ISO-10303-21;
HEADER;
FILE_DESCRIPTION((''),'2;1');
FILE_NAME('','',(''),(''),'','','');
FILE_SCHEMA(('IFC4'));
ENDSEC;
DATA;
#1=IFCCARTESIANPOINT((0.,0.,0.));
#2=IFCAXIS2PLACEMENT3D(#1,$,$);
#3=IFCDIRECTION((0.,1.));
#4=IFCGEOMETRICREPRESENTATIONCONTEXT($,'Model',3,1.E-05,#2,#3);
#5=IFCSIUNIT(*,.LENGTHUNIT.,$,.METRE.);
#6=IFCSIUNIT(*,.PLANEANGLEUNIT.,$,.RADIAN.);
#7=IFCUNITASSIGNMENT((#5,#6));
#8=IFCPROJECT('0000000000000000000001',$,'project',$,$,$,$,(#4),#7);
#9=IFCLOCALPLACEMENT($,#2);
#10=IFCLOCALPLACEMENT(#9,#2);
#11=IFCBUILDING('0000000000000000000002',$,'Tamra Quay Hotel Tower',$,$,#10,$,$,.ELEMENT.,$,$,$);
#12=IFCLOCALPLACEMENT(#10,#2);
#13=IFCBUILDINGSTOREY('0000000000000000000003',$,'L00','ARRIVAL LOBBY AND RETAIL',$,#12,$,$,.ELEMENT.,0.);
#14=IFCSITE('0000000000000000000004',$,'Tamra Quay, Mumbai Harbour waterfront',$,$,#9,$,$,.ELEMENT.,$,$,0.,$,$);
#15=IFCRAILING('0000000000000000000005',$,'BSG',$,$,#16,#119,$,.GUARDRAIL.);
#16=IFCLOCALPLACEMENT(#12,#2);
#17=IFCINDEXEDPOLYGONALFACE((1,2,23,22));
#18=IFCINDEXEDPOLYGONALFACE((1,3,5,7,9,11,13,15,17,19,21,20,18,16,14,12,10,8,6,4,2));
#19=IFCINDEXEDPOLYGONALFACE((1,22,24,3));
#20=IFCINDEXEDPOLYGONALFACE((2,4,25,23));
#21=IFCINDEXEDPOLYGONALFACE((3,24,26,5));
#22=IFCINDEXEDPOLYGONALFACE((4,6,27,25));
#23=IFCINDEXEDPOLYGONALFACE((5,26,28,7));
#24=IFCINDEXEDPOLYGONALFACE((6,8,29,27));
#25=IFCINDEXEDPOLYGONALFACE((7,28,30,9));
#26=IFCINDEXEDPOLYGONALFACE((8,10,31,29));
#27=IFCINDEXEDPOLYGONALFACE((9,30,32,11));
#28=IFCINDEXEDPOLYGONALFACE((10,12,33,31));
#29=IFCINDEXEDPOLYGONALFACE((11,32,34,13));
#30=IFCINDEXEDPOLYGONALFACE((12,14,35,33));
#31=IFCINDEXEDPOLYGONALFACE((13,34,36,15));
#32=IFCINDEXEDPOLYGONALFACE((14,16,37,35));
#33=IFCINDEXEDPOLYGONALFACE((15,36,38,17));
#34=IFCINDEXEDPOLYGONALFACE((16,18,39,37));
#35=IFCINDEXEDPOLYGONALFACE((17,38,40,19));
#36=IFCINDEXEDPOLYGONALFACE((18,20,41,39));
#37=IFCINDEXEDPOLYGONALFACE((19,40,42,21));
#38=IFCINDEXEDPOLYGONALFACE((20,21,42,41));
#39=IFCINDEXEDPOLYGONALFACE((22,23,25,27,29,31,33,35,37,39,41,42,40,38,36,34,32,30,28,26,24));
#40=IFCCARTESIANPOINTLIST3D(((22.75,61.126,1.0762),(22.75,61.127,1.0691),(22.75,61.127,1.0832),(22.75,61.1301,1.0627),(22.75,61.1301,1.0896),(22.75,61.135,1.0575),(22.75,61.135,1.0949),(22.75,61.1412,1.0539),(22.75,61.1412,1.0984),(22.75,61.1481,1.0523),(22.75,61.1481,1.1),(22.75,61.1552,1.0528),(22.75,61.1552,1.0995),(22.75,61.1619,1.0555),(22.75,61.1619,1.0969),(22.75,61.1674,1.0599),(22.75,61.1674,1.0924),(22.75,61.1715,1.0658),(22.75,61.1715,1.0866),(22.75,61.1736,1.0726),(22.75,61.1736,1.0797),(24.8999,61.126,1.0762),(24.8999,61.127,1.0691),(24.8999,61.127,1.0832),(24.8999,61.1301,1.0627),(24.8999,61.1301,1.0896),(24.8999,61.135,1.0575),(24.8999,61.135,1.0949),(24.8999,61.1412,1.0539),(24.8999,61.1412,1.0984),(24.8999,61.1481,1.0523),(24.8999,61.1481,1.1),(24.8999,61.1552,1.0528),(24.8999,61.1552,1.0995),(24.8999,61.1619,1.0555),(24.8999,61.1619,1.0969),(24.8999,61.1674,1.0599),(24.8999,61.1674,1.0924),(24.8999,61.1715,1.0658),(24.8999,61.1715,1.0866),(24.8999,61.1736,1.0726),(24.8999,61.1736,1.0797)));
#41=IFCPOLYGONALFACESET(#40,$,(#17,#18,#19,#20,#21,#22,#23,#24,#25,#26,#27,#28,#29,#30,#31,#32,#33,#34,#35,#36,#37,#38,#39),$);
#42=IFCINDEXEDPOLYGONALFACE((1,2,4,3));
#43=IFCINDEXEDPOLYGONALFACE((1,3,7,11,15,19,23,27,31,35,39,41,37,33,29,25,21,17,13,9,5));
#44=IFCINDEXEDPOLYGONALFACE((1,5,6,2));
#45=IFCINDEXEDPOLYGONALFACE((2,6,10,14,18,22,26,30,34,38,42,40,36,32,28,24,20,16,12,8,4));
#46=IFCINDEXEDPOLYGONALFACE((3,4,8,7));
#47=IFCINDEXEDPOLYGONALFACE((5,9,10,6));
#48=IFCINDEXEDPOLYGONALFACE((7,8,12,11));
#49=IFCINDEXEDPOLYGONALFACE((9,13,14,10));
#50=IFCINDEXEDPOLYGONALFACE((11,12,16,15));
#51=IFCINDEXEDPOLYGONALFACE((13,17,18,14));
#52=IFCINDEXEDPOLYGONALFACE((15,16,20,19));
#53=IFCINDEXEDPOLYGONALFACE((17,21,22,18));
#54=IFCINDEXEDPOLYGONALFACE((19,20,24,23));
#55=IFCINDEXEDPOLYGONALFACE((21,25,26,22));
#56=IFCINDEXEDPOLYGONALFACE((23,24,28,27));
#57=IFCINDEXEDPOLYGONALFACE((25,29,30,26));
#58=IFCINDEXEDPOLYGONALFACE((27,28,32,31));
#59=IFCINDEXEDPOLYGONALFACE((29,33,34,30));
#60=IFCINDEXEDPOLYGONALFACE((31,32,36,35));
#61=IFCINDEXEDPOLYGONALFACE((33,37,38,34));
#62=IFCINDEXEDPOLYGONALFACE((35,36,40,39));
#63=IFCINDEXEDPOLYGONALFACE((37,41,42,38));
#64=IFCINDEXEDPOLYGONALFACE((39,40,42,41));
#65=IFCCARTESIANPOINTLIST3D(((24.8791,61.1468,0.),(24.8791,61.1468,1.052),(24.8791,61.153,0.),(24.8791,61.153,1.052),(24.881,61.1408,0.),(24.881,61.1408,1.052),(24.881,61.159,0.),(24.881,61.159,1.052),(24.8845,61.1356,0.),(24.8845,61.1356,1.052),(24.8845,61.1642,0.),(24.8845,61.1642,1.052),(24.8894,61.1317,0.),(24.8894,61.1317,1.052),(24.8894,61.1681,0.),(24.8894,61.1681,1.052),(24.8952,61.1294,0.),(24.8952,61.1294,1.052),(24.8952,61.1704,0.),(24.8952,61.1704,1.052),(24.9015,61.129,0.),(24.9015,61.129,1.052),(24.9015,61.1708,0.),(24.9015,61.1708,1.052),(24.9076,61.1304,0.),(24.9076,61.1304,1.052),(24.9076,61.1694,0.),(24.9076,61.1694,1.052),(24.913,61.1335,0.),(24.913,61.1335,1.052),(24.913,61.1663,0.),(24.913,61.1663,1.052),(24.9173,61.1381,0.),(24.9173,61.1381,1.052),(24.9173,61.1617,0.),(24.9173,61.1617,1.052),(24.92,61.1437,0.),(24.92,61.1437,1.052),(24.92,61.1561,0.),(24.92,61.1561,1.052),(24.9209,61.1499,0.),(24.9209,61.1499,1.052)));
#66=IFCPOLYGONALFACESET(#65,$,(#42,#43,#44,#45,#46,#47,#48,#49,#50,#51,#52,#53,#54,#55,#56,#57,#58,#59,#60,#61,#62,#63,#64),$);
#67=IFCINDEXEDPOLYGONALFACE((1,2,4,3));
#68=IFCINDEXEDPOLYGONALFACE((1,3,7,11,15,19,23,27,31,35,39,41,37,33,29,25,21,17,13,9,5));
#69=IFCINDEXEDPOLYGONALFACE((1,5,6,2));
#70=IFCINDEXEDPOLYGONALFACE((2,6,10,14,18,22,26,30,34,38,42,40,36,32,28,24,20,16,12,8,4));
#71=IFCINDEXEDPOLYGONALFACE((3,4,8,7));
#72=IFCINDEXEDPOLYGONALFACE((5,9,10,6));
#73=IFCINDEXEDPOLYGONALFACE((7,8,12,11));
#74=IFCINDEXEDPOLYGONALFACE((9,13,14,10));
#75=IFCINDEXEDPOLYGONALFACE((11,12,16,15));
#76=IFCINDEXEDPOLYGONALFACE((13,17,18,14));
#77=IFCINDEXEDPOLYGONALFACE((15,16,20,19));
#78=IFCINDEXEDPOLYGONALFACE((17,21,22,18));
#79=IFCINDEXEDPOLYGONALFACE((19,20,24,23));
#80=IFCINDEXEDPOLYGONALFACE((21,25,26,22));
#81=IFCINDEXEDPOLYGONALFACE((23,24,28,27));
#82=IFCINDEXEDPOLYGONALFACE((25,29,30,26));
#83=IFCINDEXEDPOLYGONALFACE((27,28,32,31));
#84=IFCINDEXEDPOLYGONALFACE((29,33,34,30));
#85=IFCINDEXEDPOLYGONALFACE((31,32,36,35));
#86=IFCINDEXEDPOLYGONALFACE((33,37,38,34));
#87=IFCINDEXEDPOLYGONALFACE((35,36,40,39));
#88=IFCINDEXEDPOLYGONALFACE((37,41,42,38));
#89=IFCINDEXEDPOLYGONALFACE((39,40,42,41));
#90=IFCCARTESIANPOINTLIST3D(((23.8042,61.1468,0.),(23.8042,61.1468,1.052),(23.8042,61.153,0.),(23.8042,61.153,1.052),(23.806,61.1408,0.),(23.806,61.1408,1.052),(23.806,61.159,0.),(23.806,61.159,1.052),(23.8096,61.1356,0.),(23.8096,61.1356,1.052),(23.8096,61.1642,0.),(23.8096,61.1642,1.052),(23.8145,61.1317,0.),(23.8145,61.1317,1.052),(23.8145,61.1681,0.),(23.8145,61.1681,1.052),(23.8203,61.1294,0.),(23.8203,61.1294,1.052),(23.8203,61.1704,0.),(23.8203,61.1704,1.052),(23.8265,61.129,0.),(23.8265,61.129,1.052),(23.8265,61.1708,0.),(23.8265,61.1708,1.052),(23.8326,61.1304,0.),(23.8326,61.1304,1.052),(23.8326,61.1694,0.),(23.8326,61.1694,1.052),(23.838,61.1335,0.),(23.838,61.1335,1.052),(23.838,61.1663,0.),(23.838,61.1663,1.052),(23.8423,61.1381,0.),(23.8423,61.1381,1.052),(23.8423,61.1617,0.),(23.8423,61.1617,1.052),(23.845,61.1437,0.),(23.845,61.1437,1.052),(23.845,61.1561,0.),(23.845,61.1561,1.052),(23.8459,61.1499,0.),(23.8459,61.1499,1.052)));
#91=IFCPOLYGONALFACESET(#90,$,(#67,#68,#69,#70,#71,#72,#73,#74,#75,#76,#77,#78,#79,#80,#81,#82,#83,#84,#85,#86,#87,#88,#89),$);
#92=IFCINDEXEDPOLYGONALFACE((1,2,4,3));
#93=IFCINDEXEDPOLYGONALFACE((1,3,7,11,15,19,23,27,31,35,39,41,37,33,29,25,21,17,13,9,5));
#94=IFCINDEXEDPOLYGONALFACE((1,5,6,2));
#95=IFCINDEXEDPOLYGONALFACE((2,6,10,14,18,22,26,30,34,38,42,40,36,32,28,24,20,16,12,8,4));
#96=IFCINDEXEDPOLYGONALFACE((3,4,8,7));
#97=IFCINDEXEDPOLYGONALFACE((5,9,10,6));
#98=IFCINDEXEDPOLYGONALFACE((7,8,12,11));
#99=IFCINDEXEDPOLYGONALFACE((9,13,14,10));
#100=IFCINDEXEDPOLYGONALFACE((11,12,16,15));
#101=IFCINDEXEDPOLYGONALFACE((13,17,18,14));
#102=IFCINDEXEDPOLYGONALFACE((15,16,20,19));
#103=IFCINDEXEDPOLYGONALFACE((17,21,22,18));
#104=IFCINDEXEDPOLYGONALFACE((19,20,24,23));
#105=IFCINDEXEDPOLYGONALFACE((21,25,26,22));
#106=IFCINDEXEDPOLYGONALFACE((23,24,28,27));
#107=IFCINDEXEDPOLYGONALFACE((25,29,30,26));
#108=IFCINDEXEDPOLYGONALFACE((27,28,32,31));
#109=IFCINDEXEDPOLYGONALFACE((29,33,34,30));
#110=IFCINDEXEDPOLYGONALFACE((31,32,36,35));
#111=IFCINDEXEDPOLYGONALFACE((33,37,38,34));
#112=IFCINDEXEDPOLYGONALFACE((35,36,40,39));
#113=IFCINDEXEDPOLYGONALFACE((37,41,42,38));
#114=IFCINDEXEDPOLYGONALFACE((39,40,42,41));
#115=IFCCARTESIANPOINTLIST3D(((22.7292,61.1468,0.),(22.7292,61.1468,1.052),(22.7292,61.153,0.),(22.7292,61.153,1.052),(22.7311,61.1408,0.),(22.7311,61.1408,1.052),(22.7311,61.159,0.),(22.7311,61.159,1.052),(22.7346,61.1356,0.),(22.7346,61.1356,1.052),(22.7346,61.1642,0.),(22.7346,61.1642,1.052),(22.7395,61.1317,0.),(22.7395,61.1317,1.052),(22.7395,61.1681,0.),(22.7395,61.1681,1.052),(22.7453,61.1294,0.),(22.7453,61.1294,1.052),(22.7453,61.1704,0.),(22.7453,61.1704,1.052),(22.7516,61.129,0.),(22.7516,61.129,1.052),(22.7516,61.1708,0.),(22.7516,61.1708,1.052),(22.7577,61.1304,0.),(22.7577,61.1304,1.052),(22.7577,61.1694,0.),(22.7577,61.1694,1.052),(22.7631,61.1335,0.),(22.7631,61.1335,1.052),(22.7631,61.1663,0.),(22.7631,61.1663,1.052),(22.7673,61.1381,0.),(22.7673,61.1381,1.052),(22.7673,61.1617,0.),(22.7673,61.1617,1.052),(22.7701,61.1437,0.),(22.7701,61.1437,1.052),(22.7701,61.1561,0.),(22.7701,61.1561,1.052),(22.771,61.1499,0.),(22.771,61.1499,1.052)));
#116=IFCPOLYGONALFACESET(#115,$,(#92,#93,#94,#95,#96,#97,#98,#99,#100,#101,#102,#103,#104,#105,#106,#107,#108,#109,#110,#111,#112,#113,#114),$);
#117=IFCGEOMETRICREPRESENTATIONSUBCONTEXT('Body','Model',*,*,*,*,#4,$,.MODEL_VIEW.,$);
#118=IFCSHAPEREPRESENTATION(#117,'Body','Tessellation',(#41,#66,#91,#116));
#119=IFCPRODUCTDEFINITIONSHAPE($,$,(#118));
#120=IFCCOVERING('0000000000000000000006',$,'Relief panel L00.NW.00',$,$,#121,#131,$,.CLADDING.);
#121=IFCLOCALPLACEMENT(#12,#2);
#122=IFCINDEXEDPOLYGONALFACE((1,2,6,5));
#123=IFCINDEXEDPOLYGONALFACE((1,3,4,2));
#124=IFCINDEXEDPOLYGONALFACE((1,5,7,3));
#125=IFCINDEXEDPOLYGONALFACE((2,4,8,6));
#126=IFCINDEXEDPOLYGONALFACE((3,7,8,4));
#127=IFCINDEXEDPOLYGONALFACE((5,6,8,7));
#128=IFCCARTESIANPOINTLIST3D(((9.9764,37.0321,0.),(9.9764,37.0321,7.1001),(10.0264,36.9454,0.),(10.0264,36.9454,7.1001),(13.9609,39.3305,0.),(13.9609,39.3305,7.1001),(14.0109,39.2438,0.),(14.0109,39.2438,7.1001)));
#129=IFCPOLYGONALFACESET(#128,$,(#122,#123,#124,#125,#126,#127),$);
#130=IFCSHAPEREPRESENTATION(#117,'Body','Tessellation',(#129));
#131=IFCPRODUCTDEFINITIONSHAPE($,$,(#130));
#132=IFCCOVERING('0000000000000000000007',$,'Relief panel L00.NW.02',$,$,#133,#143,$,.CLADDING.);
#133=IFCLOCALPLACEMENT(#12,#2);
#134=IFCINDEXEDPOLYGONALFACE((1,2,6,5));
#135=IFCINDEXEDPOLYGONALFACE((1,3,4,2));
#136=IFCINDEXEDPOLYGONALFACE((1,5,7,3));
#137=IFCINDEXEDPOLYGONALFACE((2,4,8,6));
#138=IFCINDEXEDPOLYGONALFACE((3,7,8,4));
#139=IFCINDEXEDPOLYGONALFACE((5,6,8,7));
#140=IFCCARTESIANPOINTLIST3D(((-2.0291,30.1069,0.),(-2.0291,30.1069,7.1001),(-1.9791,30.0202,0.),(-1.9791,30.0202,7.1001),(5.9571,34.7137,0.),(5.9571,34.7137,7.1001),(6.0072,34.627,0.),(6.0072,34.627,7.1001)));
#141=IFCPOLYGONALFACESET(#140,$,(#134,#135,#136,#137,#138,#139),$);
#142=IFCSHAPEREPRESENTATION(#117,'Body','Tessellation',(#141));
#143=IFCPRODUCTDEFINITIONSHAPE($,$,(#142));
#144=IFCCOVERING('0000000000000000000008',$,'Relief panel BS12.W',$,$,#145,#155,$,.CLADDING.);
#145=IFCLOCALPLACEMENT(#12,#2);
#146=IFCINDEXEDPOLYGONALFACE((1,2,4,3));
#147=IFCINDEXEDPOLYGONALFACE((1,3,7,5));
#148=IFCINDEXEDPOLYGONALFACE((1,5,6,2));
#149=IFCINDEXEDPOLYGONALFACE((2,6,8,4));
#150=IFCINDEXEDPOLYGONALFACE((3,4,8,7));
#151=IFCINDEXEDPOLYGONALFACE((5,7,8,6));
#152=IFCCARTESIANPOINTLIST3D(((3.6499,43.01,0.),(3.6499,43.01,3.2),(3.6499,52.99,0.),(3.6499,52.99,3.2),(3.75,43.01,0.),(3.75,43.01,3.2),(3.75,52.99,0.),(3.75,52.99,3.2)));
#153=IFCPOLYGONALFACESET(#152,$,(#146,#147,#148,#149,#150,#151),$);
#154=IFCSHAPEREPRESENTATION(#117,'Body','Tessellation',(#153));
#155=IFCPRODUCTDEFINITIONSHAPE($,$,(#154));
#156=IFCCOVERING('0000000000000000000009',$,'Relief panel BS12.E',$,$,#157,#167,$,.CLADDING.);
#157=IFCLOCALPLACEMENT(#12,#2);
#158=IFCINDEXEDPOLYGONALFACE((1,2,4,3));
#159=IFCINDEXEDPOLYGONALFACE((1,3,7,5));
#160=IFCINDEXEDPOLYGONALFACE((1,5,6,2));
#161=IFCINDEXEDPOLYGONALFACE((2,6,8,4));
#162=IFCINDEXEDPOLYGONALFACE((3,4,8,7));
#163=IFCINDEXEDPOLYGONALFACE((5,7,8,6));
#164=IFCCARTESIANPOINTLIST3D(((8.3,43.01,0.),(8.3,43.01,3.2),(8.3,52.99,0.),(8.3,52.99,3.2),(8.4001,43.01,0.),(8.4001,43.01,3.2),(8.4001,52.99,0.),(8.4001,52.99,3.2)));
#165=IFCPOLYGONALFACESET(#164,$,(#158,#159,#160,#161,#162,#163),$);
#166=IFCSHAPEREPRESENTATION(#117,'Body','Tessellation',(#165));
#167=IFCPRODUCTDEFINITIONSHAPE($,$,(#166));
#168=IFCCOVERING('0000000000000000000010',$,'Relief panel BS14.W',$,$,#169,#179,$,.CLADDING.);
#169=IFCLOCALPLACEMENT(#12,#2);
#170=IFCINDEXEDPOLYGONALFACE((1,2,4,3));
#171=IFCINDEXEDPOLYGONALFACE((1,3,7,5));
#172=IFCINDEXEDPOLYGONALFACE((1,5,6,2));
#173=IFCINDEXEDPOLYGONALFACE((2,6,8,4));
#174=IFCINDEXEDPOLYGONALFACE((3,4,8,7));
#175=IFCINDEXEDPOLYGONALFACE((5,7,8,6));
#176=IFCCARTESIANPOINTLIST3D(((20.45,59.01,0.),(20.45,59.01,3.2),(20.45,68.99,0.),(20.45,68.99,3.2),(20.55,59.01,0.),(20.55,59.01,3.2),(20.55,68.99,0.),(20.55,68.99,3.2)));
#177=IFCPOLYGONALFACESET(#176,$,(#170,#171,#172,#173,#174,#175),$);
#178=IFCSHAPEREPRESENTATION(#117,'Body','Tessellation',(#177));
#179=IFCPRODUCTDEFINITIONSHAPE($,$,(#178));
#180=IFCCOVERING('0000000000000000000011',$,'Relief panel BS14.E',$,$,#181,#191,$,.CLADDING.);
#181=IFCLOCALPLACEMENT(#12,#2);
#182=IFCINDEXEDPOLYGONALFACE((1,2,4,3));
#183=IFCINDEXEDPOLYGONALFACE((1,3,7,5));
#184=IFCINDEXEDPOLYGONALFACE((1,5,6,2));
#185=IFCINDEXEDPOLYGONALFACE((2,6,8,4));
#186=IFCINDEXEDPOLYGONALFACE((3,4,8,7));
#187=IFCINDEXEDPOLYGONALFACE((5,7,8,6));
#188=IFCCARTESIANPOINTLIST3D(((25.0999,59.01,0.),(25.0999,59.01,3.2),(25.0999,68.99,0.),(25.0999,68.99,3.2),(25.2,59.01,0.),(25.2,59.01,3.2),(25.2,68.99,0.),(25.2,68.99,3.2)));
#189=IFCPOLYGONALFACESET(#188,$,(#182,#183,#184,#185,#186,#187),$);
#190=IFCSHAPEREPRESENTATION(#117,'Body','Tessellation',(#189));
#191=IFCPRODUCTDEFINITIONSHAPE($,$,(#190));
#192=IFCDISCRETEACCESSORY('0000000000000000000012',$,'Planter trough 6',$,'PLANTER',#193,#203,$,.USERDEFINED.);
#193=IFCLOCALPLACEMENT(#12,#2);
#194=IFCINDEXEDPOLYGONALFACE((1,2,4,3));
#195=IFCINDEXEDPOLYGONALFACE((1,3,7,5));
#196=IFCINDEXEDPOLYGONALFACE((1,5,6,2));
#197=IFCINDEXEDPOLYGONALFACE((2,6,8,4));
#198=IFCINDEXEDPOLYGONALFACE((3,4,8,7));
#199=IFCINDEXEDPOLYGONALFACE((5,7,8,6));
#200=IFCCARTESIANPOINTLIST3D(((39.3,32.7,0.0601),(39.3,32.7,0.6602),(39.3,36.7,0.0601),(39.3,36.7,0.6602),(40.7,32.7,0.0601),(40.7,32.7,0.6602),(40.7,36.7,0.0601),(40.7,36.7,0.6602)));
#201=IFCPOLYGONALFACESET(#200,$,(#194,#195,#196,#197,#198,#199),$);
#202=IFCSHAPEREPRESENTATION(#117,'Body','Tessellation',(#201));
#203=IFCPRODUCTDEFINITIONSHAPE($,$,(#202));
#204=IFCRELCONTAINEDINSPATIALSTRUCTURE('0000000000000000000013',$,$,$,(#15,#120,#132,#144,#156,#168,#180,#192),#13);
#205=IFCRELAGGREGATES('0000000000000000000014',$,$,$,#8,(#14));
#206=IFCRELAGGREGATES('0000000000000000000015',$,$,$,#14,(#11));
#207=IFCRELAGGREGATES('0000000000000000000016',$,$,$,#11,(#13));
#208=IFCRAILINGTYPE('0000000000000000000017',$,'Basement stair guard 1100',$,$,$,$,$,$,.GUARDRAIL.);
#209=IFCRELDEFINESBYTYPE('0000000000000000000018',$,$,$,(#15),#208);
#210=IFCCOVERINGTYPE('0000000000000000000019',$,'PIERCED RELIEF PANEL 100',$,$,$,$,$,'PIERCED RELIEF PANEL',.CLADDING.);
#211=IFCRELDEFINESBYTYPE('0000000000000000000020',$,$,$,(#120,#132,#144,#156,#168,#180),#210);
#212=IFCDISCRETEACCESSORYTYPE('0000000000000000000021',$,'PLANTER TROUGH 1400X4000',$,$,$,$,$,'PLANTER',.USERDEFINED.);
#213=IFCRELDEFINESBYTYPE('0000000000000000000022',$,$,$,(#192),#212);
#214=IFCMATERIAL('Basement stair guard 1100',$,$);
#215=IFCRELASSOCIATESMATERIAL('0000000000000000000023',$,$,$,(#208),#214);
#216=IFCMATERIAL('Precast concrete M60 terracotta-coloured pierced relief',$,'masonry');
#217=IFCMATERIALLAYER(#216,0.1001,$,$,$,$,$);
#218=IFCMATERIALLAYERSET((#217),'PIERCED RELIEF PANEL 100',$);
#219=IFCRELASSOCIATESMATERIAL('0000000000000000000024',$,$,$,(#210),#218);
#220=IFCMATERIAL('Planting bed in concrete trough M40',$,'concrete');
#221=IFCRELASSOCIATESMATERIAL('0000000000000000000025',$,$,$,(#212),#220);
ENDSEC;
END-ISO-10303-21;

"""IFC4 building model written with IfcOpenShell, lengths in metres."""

from ifc_helpers import new_model, si_unit, direction, frame, origin, origin_2d, place, context, subcontext, project, spatial, rectangle, circle, extrude, material, layer, layer_set, type_object, element, save


model = new_model("IFC4")

# Units and contexts
model_context = context("Model", 3, precision=1e-05, world=origin(), true_north=direction((0.0, 1.0)))
body_context = subcontext(model_context, "Body", "Model", "MODEL_VIEW")
ifc_project = project(units=[si_unit("LENGTHUNIT", "METRE"), si_unit("PLANEANGLEUNIT", "RADIAN")], contexts=[model_context])

# Site, building, storey
site_placement = place(None, origin())
site = spatial("IfcSite", under=ifc_project, at=site_placement, Name="Tamra Quay, Mumbai Harbour waterfront", CompositionType="ELEMENT", RefElevation=0.0)
building_placement = place(site_placement, origin())
building = spatial("IfcBuilding", under=site, at=building_placement, Name="Tamra Quay Hotel Tower", CompositionType="ELEMENT")
storey_placement = place(building_placement, origin())
storey = spatial("IfcBuildingStorey", under=building, at=storey_placement, Name="L00", Description="ARRIVAL LOBBY AND RETAIL", CompositionType="ELEMENT", Elevation=0.0)

# Railing
ifc_material_1 = material(Name="Basement stair guard 1100")
railing_type = type_object("IfcRailingType", Name="Basement stair guard 1100", PredefinedType="GUARDRAIL", material=ifc_material_1)
railing_1_placement = place(storey_placement, frame((24.8999, 61.1499, 0.0)))
element("IfcRailing", 1, at=railing_1_placement, inside=storey, type_object=railing_type, Name="BSG", PredefinedType="GUARDRAIL", context=body_context, shape_type="SweptSolid", body=[
    extrude(circle(Radius=0.0239, at=origin_2d()), frame((0.0, 0.0, 1.0762), z_axis=(-1.0, 0.0, 0.0), x_axis=(0.0, -1.0, 0.0)), (0.0, 0.0, 1.0), 2.1499),
    extrude(circle(Radius=0.021, at=origin_2d()), origin(), (0.0, 0.0, 1.0), 1.052),
    extrude(circle(Radius=0.021, at=origin_2d()), frame((-1.075, 0.0, 0.0)), (0.0, 0.0, 1.0), 1.052),
    extrude(circle(Radius=0.021, at=origin_2d()), frame((-2.1499, 0.0, 0.0)), (0.0, 0.0, 1.0), 1.052),
])

# Coverings
ifc_material_2 = material(Name="Precast concrete M60 terracotta-coloured pierced relief", Category="masonry")
ifc_layer_1 = layer(ifc_material_2, 0.1001)
ifc_layer_set_1 = layer_set([ifc_layer_1], Name="PIERCED RELIEF PANEL 100")
covering_type = type_object("IfcCoveringType", Name="PIERCED RELIEF PANEL 100", ElementType="PIERCED RELIEF PANEL", PredefinedType="CLADDING", material=ifc_layer_set_1)
covering_1_placement = place(storey_placement, frame((11.9937, 38.1379, 0.0), z_axis=(0.0, 0.0, 1.0), x_axis=(-0.866215, -0.499672, 0.0)))
element("IfcCovering", 2, at=covering_1_placement, inside=storey, type_object=covering_type, Name="Relief panel L00.NW.00", PredefinedType="CLADDING", context=body_context, shape_type="SweptSolid", body=[
    extrude(rectangle(XDim=4.5999, YDim=0.1001, at=origin_2d()), origin(), (0.0, 0.0, 1.0), 7.1001),
])
covering_2_placement = place(storey_placement, frame((1.989, 32.3669, 0.0), z_axis=(0.0, 0.0, 1.0), x_axis=(-0.866215, -0.499672, 0.0)))
element("IfcCovering", 3, at=covering_2_placement, inside=storey, type_object=covering_type, Name="Relief panel L00.NW.02", PredefinedType="CLADDING", context=body_context, shape_type="SweptSolid", body=[
    extrude(rectangle(XDim=9.2197, YDim=0.1001, at=origin_2d()), origin(), (0.0, 0.0, 1.0), 7.1001),
])
for number, where, z_axis, x_axis, name in (
    (4, (3.7, 48.0, 0.0), (0.0, 0.0, 1.0), (0.0, -1.0, 0.0), "Relief panel BS12.W"),
    (5, (8.3501, 48.0, 0.0), (0.0, 0.0, 1.0), (0.0, 1.0, 0.0), "Relief panel BS12.E"),
    (6, (20.5, 64.0, 0.0), (0.0, 0.0, 1.0), (0.0, -1.0, 0.0), "Relief panel BS14.W"),
    (7, (25.1499, 64.0, 0.0), (0.0, 0.0, 1.0), (0.0, 1.0, 0.0), "Relief panel BS14.E"),
):
    element("IfcCovering", number, at=place(storey_placement, frame(where, z_axis=z_axis, x_axis=x_axis)), inside=storey, type_object=covering_type, Name=name, PredefinedType="CLADDING", context=body_context, shape_type="SweptSolid", body=[
        extrude(rectangle(XDim=9.98, YDim=0.1001, at=origin_2d()), origin(), (0.0, 0.0, 1.0), 3.2),
    ])

# Discrete accessory
ifc_material_3 = material(Name="Planting bed in concrete trough M40", Category="concrete")
discrete_accessory_type = type_object("IfcDiscreteAccessoryType", Name="PLANTER TROUGH 1400X4000", ElementType="PLANTER", PredefinedType="USERDEFINED", material=ifc_material_3)
discrete_accessory_placement = place(storey_placement, frame((40.0, 34.7, 0.0601), z_axis=(0.0, 0.0, 1.0), x_axis=(1.0, 0.0, 0.0)))
element("IfcDiscreteAccessory", 8, at=discrete_accessory_placement, inside=storey, type_object=discrete_accessory_type, Name="Planter trough 6", ObjectType="PLANTER", PredefinedType="USERDEFINED", context=body_context, shape_type="SweptSolid", body=[
    extrude(rectangle(XDim=1.3999, YDim=4.0, at=origin_2d()), origin(), (0.0, 0.0, 1.0), 0.6001),
])

save(model, "model.ifc")
